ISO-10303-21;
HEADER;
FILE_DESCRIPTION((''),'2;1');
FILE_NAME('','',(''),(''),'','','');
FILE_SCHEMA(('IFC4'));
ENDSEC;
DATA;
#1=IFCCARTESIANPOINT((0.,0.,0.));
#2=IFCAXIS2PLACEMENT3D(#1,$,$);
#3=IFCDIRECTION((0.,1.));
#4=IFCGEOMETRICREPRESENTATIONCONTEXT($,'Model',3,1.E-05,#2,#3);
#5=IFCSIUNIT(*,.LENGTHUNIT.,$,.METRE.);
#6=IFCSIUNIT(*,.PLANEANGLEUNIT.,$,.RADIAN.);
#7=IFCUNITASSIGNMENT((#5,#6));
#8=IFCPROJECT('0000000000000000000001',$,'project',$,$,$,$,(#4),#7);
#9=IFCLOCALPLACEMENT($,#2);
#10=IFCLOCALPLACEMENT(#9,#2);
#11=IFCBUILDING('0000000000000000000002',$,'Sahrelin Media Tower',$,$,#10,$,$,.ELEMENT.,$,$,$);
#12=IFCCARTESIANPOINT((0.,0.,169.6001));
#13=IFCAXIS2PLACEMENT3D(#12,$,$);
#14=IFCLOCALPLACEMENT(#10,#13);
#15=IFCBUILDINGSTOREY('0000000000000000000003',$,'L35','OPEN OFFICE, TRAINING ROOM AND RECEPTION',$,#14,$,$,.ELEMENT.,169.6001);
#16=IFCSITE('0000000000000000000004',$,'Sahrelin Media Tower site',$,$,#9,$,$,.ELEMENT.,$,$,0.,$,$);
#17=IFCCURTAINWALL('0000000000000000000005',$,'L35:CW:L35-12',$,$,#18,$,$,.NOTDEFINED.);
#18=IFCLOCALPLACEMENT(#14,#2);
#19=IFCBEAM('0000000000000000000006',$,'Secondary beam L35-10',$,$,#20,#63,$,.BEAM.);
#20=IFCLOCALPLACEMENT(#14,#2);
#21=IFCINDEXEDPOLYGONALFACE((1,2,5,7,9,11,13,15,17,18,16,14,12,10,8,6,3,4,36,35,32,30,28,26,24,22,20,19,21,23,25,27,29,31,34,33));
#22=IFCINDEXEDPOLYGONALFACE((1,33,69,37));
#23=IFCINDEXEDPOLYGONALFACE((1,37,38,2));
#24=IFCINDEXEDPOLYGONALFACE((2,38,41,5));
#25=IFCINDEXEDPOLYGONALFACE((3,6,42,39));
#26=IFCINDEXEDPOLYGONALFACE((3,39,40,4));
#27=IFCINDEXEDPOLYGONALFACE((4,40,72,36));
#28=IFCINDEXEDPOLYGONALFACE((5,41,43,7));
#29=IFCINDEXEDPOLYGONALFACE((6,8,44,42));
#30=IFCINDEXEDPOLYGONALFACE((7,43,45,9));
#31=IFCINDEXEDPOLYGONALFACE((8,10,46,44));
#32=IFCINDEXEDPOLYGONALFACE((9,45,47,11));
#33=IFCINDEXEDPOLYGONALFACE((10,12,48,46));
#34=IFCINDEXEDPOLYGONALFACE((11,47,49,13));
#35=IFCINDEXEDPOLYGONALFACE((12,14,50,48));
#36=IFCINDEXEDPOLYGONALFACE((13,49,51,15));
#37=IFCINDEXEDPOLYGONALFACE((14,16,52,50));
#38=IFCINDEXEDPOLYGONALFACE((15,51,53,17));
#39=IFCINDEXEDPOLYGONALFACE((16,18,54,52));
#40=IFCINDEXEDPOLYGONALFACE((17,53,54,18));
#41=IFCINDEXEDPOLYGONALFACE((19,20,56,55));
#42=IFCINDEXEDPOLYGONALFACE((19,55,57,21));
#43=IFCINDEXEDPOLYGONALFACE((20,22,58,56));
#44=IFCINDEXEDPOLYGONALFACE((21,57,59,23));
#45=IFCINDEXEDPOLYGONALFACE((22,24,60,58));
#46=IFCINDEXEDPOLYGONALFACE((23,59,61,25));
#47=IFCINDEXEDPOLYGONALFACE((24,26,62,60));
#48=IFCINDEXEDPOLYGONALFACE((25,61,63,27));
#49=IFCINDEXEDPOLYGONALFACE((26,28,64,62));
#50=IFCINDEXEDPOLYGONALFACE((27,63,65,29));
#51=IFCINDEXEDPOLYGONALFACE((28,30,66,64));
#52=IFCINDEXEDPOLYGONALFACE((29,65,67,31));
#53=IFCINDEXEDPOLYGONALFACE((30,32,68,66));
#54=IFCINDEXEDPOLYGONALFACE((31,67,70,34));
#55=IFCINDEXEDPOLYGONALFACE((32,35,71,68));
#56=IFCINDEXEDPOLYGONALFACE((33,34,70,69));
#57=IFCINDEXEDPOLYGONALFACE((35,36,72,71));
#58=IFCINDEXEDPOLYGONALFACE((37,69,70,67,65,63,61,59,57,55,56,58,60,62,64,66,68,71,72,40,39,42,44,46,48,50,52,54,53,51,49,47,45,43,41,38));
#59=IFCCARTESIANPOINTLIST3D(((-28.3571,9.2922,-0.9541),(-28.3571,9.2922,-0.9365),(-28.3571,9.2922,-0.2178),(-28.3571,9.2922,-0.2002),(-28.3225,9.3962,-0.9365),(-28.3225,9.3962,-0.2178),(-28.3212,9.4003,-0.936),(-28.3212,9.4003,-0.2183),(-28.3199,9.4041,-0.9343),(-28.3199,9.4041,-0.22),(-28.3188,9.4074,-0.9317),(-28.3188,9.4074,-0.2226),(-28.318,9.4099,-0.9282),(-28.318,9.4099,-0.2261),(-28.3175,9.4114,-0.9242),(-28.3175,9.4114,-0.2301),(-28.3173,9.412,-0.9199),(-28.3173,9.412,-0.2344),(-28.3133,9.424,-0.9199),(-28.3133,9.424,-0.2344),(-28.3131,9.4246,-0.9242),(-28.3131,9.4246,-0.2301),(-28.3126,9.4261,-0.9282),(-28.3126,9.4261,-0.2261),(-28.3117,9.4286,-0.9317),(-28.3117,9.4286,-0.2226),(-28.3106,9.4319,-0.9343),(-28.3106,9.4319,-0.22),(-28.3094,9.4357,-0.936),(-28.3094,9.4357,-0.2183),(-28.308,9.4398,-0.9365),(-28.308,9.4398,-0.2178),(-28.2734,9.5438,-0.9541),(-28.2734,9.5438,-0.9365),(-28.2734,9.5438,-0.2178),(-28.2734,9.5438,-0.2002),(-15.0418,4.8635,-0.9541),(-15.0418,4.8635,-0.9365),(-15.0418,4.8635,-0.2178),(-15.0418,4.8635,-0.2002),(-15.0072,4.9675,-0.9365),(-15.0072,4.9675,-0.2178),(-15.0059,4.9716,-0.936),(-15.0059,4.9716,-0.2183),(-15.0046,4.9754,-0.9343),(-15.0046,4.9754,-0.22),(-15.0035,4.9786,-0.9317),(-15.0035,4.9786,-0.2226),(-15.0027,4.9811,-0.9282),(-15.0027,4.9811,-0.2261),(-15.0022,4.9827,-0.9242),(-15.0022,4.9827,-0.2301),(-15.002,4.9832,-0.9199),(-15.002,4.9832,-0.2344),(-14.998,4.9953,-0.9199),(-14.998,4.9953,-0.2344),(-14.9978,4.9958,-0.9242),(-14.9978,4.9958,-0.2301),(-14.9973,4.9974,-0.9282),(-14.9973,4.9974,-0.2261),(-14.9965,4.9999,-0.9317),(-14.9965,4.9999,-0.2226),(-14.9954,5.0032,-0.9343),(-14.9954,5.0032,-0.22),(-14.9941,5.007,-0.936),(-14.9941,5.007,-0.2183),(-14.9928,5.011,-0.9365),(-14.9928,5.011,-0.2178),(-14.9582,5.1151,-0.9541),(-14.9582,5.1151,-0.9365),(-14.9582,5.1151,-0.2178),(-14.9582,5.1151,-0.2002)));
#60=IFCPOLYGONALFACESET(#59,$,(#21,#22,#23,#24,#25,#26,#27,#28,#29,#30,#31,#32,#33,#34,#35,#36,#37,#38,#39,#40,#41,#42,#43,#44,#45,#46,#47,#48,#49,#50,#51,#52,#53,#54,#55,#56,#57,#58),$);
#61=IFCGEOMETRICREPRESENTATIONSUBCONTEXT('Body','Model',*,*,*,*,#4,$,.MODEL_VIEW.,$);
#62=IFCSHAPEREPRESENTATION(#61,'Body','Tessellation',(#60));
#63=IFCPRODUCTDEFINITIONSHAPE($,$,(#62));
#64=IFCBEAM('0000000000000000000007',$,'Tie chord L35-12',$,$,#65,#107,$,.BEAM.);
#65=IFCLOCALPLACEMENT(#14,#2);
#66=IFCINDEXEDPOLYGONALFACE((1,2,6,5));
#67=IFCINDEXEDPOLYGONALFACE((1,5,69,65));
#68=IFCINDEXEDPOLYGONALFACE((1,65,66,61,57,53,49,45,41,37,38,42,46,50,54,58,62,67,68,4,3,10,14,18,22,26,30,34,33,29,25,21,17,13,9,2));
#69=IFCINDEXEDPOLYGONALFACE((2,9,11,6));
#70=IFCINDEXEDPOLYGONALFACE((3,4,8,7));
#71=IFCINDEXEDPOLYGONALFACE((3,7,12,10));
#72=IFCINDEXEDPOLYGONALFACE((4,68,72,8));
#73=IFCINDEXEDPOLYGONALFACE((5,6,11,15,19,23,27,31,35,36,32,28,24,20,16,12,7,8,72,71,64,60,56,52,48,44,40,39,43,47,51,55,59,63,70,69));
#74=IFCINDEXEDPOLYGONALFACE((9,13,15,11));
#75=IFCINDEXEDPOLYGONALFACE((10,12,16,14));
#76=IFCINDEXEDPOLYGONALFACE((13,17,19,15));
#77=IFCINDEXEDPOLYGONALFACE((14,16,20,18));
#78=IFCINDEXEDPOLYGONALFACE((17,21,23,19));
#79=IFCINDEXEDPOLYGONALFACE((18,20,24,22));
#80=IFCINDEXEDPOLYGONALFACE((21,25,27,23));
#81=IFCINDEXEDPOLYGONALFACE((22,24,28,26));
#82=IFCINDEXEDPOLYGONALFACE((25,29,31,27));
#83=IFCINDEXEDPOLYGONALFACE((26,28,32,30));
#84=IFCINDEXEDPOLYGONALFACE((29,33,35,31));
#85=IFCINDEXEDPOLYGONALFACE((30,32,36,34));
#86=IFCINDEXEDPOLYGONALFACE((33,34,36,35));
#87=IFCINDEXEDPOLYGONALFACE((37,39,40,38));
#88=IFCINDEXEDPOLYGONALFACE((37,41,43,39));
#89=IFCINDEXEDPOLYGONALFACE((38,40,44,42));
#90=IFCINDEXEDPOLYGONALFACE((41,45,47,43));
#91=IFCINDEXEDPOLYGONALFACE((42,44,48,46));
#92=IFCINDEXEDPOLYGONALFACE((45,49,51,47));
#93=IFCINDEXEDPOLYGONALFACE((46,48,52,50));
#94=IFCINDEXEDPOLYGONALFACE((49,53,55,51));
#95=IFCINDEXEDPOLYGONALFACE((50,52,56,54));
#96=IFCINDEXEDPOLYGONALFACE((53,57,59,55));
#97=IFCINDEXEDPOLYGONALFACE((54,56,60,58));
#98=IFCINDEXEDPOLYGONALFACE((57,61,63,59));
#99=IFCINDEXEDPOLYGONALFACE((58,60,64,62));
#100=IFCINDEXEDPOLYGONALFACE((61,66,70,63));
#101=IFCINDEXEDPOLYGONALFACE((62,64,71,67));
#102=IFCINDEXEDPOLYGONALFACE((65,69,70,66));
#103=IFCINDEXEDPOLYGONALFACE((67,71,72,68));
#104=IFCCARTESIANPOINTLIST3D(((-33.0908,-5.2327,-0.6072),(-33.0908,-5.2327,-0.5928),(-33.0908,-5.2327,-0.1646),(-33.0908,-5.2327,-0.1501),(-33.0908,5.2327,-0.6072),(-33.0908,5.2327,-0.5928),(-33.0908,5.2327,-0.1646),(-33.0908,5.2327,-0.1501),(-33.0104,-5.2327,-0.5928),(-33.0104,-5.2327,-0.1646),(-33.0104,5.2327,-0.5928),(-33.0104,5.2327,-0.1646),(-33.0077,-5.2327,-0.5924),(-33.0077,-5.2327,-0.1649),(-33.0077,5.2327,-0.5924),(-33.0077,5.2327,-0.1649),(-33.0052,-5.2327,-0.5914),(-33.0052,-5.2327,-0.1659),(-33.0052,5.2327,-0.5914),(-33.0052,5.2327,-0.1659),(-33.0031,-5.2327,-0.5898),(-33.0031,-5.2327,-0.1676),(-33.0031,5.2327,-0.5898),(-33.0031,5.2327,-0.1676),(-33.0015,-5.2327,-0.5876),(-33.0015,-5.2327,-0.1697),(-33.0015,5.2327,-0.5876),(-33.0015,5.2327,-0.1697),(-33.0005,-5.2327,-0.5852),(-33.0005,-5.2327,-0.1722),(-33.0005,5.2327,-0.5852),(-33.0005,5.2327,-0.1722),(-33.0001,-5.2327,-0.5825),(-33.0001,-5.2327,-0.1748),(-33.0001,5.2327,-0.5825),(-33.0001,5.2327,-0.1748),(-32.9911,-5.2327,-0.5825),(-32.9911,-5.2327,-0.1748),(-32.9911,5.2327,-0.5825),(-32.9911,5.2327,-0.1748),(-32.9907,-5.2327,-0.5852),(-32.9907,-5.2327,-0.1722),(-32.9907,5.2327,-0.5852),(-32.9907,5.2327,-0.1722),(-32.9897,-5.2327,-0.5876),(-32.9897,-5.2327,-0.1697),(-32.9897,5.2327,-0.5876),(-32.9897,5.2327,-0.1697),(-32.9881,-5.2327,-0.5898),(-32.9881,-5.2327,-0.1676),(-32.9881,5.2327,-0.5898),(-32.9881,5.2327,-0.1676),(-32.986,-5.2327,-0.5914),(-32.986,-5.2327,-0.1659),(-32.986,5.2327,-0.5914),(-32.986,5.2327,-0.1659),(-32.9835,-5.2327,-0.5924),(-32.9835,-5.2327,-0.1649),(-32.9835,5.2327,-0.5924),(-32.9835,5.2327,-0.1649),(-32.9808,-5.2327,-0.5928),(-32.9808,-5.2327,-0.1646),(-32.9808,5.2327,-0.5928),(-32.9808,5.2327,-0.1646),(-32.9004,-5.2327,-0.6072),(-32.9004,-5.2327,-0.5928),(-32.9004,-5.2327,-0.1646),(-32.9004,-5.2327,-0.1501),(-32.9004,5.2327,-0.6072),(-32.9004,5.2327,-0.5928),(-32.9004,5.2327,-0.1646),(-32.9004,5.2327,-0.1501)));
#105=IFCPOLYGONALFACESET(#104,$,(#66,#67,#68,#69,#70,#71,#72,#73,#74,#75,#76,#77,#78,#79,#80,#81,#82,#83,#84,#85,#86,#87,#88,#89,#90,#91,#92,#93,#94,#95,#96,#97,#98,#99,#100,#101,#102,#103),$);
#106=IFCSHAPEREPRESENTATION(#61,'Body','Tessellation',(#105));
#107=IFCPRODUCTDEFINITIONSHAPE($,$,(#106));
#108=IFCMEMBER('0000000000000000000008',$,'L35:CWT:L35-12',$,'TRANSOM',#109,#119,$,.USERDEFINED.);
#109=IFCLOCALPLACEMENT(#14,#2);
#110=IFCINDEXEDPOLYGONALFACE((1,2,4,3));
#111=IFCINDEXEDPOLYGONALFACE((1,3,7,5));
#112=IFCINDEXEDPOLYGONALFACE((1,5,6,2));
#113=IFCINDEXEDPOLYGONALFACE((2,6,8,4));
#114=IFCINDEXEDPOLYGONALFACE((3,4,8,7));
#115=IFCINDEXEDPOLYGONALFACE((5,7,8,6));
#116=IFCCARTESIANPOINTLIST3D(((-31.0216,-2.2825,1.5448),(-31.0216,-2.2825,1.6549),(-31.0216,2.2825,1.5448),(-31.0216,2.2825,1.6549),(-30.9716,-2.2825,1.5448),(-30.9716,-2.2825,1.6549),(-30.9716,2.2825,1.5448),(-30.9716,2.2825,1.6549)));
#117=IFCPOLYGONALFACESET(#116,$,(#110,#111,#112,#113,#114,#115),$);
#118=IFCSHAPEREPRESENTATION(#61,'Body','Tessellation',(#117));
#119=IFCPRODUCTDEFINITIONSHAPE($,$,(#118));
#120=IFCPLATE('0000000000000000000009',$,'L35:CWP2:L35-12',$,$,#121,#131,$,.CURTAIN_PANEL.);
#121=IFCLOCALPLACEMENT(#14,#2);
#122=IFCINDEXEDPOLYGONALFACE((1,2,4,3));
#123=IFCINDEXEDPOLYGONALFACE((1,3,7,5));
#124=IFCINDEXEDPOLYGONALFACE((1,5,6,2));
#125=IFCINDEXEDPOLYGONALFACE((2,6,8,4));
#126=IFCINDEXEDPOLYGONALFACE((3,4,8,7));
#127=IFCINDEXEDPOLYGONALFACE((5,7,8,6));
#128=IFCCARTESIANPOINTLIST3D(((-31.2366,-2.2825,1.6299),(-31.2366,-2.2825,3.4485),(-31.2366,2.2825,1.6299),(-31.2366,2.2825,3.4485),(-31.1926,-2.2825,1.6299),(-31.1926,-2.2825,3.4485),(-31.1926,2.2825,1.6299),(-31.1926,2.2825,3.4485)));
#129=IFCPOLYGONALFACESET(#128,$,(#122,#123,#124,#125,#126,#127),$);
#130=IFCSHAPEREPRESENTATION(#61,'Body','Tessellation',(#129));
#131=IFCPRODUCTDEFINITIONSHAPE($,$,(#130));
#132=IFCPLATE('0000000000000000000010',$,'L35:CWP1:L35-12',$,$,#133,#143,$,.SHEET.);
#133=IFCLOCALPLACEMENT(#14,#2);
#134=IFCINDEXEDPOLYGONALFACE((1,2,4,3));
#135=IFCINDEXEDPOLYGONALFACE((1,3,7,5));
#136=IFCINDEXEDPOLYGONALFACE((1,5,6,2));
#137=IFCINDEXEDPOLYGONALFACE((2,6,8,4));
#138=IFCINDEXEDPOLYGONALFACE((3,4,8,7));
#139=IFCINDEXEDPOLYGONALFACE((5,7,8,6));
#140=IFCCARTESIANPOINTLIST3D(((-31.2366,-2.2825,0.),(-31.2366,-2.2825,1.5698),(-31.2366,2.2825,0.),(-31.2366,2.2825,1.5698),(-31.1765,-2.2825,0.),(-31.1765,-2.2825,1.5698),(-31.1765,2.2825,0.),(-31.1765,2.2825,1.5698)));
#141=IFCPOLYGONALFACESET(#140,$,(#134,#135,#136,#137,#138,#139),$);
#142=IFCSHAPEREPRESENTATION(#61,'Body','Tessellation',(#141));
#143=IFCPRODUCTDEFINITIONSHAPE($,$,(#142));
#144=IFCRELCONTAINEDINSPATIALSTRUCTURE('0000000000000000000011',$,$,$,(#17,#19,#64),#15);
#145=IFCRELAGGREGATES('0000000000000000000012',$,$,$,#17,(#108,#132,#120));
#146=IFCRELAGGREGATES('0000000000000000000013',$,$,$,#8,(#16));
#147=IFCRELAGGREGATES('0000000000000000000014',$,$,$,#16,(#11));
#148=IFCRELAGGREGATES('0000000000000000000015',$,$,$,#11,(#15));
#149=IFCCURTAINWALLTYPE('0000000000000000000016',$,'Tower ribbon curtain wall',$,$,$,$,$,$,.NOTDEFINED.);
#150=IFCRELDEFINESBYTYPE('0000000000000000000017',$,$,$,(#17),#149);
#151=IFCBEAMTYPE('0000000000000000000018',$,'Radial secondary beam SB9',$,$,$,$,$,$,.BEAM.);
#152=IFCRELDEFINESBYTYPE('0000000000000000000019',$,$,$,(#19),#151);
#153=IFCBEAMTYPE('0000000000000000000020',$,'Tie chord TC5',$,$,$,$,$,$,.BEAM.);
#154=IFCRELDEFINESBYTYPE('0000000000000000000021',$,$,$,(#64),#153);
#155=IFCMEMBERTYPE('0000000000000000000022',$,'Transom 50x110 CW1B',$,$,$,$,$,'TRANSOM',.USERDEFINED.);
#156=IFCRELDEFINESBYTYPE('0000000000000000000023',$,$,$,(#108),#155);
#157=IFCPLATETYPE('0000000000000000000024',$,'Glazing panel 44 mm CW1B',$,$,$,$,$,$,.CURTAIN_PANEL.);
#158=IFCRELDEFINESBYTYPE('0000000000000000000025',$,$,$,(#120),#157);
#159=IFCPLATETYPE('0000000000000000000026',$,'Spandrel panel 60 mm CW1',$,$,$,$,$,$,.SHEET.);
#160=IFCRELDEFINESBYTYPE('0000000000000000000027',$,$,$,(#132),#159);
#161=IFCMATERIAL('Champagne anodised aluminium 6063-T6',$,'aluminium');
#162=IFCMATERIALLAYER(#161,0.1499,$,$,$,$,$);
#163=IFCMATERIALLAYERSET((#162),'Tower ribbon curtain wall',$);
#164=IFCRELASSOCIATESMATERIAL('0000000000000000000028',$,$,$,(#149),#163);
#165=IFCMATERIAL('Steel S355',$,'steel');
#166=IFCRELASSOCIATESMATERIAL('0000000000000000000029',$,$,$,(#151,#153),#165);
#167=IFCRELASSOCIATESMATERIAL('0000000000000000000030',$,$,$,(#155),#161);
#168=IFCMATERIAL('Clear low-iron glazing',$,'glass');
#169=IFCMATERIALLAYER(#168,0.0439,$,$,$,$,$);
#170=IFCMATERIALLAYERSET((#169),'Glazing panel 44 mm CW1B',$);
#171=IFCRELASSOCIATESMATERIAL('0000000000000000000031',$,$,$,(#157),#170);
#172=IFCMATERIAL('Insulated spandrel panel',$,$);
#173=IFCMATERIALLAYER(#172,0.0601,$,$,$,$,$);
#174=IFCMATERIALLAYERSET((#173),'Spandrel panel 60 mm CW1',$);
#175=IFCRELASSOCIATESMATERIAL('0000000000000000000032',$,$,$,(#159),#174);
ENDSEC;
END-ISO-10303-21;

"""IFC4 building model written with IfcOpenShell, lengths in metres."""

from ifc_helpers import new_model, si_unit, direction, frame, origin, origin_2d, place, context, subcontext, project, spatial, polyline, rectangle, i_section, outline, extrude, material, layer, layer_set, material_profile, profile_set, type_object, element, aggregate, save


model = new_model("IFC4")

# Units and contexts
model_context = context("Model", 3, precision=1e-05, world=origin(), true_north=direction((0.0, 1.0)))
body_context = subcontext(model_context, "Body", "Model", "MODEL_VIEW")
ifc_project = project(units=[si_unit("LENGTHUNIT", "METRE"), si_unit("PLANEANGLEUNIT", "RADIAN")], contexts=[model_context])

# Site, building, storey
site_placement = place(None, origin())
site = spatial("IfcSite", under=ifc_project, at=site_placement, Name="Sahrelin Media Tower site", CompositionType="ELEMENT", RefElevation=0.0)
building_placement = place(site_placement, origin())
building = spatial("IfcBuilding", under=site, at=building_placement, Name="Sahrelin Media Tower", CompositionType="ELEMENT")
storey_placement = place(building_placement, frame((0.0, 0.0, 169.6001)))
storey = spatial("IfcBuildingStorey", under=building, at=storey_placement, Name="L35", Description="OPEN OFFICE, TRAINING ROOM AND RECEPTION", CompositionType="ELEMENT", Elevation=169.6001)

# Shared definitions
ifc_material_1 = material(Name="Steel S355", Category="steel")

# Curtain wall
ifc_material_2 = material(Name="Champagne anodised aluminium 6063-T6", Category="aluminium")
ifc_layer_1 = layer(ifc_material_2, 0.1499)
ifc_layer_set_1 = layer_set([ifc_layer_1], Name="Tower ribbon curtain wall")
curtain_wall_type = type_object("IfcCurtainWallType", Name="Tower ribbon curtain wall", PredefinedType="NOTDEFINED", material=ifc_layer_set_1)
curtain_wall_placement = place(storey_placement, frame((-31.2166, 0.0, 0.0), z_axis=(0.0, 0.0, 1.0), x_axis=(1.0, 0.0, 0.0)))
curtain_wall = element("IfcCurtainWall", 1, at=curtain_wall_placement, inside=storey, type_object=curtain_wall_type, Name="L35:CW:L35-12", PredefinedType="NOTDEFINED")

# Beams
ifc_material_profile_1 = material_profile(ifc_material_1, i_section(OverallWidth=0.2651, OverallDepth=0.7539, WebThickness=0.0127, FlangeThickness=0.0176, FilletRadius=0.0166, at=origin_2d()), Name="UB 762x267x147")
ifc_profile_set_1 = profile_set([ifc_material_profile_1], Name="Steel S355")
beam_type_1 = type_object("IfcBeamType", Name="Radial secondary beam SB9", PredefinedType="BEAM", material=ifc_profile_set_1)
beam_1_placement = place(storey_placement, frame((-15.0, 4.9893, -0.5771), z_axis=(-0.94889, 0.315607, 0.0), x_axis=(-0.315607, -0.94889, 0.0)))
element("IfcBeam", 2, at=beam_1_placement, inside=storey, type_object=beam_type_1, Name="Secondary beam L35-10", PredefinedType="BEAM", context=body_context, shape_type="SweptSolid", body=[
    extrude(i_section(OverallWidth=0.2651, OverallDepth=0.7539, WebThickness=0.0127, FlangeThickness=0.0176, FilletRadius=0.0166, at=origin_2d()), origin(), (0.0, 0.0, 1.0), 14.0325),
])
ifc_material_profile_2 = material_profile(ifc_material_1, i_section(OverallWidth=0.1904, OverallDepth=0.457, WebThickness=0.009, FlangeThickness=0.0144, FilletRadius=0.0103, at=origin_2d()), Name="UB 457x191x74")
ifc_profile_set_2 = profile_set([ifc_material_profile_2], Name="Steel S355")
beam_type_2 = type_object("IfcBeamType", Name="Tie chord TC5", PredefinedType="BEAM", material=ifc_profile_set_2)
beam_2_placement = place(storey_placement, frame((-32.9956, 5.2327, -0.3787), z_axis=(0.0, -1.0, 0.0), x_axis=(1.0, 0.0, 0.0)))
element("IfcBeam", 3, at=beam_2_placement, inside=storey, type_object=beam_type_2, Name="Tie chord L35-12", PredefinedType="BEAM", context=body_context, shape_type="SweptSolid", body=[
    extrude(i_section(OverallWidth=0.1904, OverallDepth=0.457, WebThickness=0.009, FlangeThickness=0.0144, FilletRadius=0.0103, at=origin_2d()), origin(), (0.0, 0.0, 1.0), 10.4653),
])

# Member
ifc_material_profile_3 = material_profile(ifc_material_2, rectangle(XDim=0.05, YDim=0.1101, at=origin_2d()), Name="Transom 50x110")
ifc_profile_set_3 = profile_set([ifc_material_profile_3], Name="Champagne anodised aluminium 6063-T6")
member_type_1 = type_object("IfcMemberType", Name="Transom 50x110 CW1B", ElementType="TRANSOM", PredefinedType="USERDEFINED", material=ifc_profile_set_3)
member_1_placement = place(storey_placement, frame((-30.9966, 2.2825, 1.5999), z_axis=(0.0, -1.0, 0.0), x_axis=(1.0, 0.0, 0.0)))
member_1 = element("IfcMember", 4, at=member_1_placement, type_object=member_type_1, Name="L35:CWT:L35-12", ObjectType="TRANSOM", PredefinedType="USERDEFINED", context=body_context, shape_type="SweptSolid", body=[
    extrude(rectangle(XDim=0.05, YDim=0.1101, at=origin_2d()), origin(), (0.0, 0.0, 1.0), 4.5649),
])

# Plates
ifc_material_3 = material(Name="Clear low-iron glazing", Category="glass")
ifc_layer_2 = layer(ifc_material_3, 0.0439)
ifc_layer_set_2 = layer_set([ifc_layer_2], Name="Glazing panel 44 mm CW1B")
plate_type_1 = type_object("IfcPlateType", Name="Glazing panel 44 mm CW1B", PredefinedType="CURTAIN_PANEL", material=ifc_layer_set_2)
plate_1_placement = place(storey_placement, frame((-31.2366, 2.2825, 1.6299), z_axis=(-1.0, 0.0, 0.0), x_axis=(0.0, -1.0, 0.0)))
plate_1 = element("IfcPlate", 5, at=plate_1_placement, type_object=plate_type_1, Name="L35:CWP2:L35-12", PredefinedType="CURTAIN_PANEL", context=body_context, shape_type="SweptSolid", body=[
    extrude(outline(polyline([(0.0, 0.0), (4.5649, 0.0), (4.5649, 1.8186), (0.0, 1.8186), (0.0, 0.0)])), origin(), (0.0, 0.0, -1.0), 0.0439),
])
ifc_material_4 = material(Name="Insulated spandrel panel")
ifc_layer_3 = layer(ifc_material_4, 0.0601)
ifc_layer_set_3 = layer_set([ifc_layer_3], Name="Spandrel panel 60 mm CW1")
plate_type_2 = type_object("IfcPlateType", Name="Spandrel panel 60 mm CW1", PredefinedType="SHEET", material=ifc_layer_set_3)
plate_2_placement = place(storey_placement, frame((-31.2366, 2.2825, 0.0), z_axis=(-1.0, 0.0, 0.0), x_axis=(0.0, -1.0, 0.0)))
plate_2 = element("IfcPlate", 6, at=plate_2_placement, type_object=plate_type_2, Name="L35:CWP1:L35-12", PredefinedType="SHEET", context=body_context, shape_type="SweptSolid", body=[
    extrude(outline(polyline([(0.0, 0.0), (4.5649, 0.0), (4.5649, 1.5698), (0.0, 1.5698), (0.0, 0.0)])), origin(), (0.0, 0.0, -1.0), 0.0601),
])
aggregate(curtain_wall, [member_1, plate_2, plate_1])

save(model, "model.ifc")
